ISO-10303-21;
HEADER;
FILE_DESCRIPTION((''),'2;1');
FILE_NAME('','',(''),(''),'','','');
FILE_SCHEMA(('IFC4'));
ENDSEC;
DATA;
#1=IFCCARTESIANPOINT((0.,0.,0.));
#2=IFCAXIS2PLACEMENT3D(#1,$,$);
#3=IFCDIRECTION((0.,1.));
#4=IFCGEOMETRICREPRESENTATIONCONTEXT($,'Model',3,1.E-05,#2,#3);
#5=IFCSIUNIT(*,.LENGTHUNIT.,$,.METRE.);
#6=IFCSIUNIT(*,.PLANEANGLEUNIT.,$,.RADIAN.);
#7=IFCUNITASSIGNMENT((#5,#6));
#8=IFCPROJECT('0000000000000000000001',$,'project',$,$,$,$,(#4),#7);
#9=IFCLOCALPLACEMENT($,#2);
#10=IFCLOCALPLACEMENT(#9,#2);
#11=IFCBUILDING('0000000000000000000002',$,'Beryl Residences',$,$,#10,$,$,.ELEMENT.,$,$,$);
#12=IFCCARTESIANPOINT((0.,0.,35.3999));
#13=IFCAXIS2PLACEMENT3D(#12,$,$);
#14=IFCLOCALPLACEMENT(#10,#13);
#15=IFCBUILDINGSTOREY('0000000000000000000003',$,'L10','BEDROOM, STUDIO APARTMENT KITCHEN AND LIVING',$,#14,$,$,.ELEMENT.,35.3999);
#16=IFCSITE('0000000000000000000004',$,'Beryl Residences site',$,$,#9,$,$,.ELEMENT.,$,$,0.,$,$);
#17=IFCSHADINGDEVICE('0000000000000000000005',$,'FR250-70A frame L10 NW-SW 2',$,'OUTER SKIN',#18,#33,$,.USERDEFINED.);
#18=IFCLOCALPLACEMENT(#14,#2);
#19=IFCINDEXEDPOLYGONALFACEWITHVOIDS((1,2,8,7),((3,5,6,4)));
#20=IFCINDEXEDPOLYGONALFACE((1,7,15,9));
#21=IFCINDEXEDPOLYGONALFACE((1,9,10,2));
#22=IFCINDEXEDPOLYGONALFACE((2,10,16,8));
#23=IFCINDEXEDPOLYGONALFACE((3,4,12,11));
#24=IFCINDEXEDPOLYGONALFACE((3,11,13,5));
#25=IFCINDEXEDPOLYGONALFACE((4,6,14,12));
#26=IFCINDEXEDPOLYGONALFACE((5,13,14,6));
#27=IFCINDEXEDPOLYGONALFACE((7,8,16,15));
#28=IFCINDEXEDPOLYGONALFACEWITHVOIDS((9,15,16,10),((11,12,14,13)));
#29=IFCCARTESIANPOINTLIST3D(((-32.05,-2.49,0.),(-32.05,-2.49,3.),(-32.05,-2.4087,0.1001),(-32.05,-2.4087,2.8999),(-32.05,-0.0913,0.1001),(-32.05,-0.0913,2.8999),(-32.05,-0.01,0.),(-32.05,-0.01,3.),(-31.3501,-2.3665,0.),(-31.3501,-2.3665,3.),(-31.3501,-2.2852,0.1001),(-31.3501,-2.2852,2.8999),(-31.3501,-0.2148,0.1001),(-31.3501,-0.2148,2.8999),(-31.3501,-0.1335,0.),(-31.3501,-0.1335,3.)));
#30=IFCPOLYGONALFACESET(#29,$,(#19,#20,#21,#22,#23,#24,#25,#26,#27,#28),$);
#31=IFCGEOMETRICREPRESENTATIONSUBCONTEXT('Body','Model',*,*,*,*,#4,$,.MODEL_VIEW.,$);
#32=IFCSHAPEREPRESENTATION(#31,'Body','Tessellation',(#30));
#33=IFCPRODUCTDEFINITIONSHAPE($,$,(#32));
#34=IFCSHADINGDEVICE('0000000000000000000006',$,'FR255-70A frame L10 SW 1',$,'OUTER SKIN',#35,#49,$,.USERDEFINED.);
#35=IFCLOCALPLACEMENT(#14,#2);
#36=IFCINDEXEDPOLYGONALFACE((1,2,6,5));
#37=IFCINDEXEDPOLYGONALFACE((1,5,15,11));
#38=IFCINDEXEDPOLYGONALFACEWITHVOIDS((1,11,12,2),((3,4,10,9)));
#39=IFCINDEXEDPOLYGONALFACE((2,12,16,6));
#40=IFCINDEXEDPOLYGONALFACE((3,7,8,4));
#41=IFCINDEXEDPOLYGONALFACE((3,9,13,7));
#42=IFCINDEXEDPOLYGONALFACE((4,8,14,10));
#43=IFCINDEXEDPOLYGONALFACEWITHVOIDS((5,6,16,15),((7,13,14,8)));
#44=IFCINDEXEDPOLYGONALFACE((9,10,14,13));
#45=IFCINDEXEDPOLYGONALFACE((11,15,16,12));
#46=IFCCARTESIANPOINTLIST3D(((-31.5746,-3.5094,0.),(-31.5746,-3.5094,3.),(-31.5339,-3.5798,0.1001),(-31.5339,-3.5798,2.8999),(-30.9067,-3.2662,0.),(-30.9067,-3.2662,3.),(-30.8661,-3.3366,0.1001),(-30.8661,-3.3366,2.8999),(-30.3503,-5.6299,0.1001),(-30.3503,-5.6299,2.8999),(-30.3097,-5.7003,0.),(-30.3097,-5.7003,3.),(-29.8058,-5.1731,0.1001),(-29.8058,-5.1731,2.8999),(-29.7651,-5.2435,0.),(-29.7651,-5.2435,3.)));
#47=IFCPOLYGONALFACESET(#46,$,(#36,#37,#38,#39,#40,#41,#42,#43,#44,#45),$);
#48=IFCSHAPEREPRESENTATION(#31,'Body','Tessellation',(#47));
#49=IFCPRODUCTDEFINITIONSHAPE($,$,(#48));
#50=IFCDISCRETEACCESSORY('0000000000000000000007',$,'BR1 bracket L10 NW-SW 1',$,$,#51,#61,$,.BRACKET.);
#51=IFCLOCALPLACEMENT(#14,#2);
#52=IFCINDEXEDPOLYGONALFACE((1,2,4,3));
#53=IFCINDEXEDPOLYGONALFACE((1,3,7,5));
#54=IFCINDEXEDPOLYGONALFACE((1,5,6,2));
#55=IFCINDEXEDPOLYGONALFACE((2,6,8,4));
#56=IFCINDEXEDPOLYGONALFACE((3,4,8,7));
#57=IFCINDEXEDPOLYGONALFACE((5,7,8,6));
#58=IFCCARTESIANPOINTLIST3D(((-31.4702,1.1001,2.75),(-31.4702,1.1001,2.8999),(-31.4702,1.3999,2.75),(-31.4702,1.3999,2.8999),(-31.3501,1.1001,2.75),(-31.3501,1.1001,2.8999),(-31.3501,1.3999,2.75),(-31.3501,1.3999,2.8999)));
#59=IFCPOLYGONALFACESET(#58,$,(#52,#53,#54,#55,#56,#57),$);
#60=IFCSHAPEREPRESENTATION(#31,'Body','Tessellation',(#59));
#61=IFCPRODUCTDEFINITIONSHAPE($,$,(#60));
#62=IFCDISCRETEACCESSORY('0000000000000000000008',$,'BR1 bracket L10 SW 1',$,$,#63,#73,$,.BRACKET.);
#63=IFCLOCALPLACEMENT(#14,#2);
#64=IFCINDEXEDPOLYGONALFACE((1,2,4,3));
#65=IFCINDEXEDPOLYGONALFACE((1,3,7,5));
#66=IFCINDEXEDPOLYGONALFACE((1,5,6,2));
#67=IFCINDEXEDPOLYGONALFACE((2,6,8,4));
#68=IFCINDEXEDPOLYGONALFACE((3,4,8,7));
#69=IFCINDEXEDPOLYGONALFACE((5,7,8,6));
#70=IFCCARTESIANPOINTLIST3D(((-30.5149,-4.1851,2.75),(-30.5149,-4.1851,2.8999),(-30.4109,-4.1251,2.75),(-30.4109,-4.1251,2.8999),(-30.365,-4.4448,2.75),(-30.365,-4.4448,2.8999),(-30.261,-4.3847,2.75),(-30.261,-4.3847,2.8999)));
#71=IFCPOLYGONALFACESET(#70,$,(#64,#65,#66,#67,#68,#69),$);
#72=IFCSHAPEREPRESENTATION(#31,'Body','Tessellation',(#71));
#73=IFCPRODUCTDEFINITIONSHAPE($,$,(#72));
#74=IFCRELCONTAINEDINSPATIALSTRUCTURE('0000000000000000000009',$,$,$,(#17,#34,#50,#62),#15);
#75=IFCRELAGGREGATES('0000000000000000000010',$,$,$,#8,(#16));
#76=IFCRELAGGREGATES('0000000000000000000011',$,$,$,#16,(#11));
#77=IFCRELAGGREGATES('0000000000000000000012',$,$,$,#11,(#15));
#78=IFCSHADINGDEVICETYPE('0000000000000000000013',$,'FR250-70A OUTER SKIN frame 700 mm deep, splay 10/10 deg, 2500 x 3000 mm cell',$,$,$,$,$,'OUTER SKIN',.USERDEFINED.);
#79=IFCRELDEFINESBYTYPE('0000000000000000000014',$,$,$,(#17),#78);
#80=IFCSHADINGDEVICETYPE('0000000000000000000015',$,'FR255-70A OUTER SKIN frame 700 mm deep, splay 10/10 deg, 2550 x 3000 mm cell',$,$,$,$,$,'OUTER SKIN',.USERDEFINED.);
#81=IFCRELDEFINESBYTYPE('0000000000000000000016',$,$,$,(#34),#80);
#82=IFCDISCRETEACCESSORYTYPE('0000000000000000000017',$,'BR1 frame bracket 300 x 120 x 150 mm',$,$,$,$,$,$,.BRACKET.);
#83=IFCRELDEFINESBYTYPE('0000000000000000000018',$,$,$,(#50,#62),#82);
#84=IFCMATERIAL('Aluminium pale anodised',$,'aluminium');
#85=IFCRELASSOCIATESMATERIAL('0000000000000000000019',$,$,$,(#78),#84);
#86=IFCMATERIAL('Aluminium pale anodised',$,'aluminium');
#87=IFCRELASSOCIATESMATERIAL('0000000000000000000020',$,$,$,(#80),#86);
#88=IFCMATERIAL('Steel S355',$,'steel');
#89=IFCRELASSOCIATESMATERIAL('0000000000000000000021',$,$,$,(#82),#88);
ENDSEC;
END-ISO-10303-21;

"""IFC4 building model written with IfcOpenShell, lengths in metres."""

from ifc_helpers import new_model, entity, si_unit, direction, frame, origin, place, context, subcontext, project, spatial, polyline, outline, extrude, source, transform, mapped, material, type_object, type_shapes, element, save


model = new_model("IFC4")

# Units and contexts
model_context = context("Model", 3, precision=1e-05, world=origin(), true_north=direction((0.0, 1.0)))
body_context = subcontext(model_context, "Body", "Model", "MODEL_VIEW")
ifc_project = project(units=[si_unit("LENGTHUNIT", "METRE"), si_unit("PLANEANGLEUNIT", "RADIAN")], contexts=[model_context])

# Site, building, storey
site_placement = place(None, origin())
site = spatial("IfcSite", under=ifc_project, at=site_placement, Name="Beryl Residences site", CompositionType="ELEMENT", RefElevation=0.0)
building_placement = place(site_placement, origin())
building = spatial("IfcBuilding", under=site, at=building_placement, Name="Beryl Residences", CompositionType="ELEMENT")
storey_placement = place(building_placement, frame((0.0, 0.0, 35.3999)))
storey = spatial("IfcBuildingStorey", under=building, at=storey_placement, Name="L10", Description="BEDROOM, STUDIO APARTMENT KITCHEN AND LIVING", CompositionType="ELEMENT", Elevation=35.3999)

# Shading devices
ifc_material_1 = material(Name="Aluminium pale anodised", Category="aluminium")
shading_device_type_1 = type_object("IfcShadingDeviceType", Name="FR250-70A OUTER SKIN frame 700 mm deep, splay 10/10 deg, 2500 x 3000 mm cell", ElementType="OUTER SKIN", PredefinedType="USERDEFINED", material=ifc_material_1)
cartesian_point_1 = entity("IfcCartesianPoint", [-1.1165, 0.0])
cartesian_point_2 = entity("IfcCartesianPoint", [-1.0352, 0.1001])
cartesian_point_3 = entity("IfcCartesianPoint", [-1.24, 0.0])
cartesian_point_4 = entity("IfcCartesianPoint", [-1.1587, 0.1001])
shared_shape_1 = source(origin(), body_context, "Body", "SweptSolid", [
    entity("IfcExtrudedAreaSolidTapered", entity("IfcArbitraryProfileDefWithVoids", "AREA", None, entity("IfcPolyline", [cartesian_point_1, entity("IfcCartesianPoint", [1.1165, 0.0]), entity("IfcCartesianPoint", [1.1165, 3.0]), entity("IfcCartesianPoint", [-1.1165, 3.0]), cartesian_point_1]), [entity("IfcPolyline", [cartesian_point_2, entity("IfcCartesianPoint", [1.0352, 0.1001]), entity("IfcCartesianPoint", [1.0352, 2.8999]), entity("IfcCartesianPoint", [-1.0352, 2.8999]), cartesian_point_2])]), entity("IfcAxis2Placement3D", entity("IfcCartesianPoint", [0.0, 0.0, 0.0]), entity("IfcDirection", [0.0, 1.0, 0.0]), entity("IfcDirection", [-1.0, 0.0, 0.0])), entity("IfcDirection", [0.0, 0.0, 1.0]), 0.7, entity("IfcArbitraryProfileDefWithVoids", "AREA", None, entity("IfcPolyline", [cartesian_point_3, entity("IfcCartesianPoint", [1.24, 0.0]), entity("IfcCartesianPoint", [1.24, 3.0]), entity("IfcCartesianPoint", [-1.24, 3.0]), cartesian_point_3]), [entity("IfcPolyline", [cartesian_point_4, entity("IfcCartesianPoint", [1.1587, 0.1001]), entity("IfcCartesianPoint", [1.1587, 2.8999]), entity("IfcCartesianPoint", [-1.1587, 2.8999]), cartesian_point_4])])),
])
type_shapes(shading_device_type_1, [shared_shape_1])
for number, where, z_axis, x_axis, name in (
    (1, (-31.3501, -1.25, 0.0), (0.0, 0.0, 1.0), (0.0, 1.0, 0.0), "FR250-70A frame L10 NW-SW 2"),
):
    element("IfcShadingDevice", number, at=place(storey_placement, frame(where, z_axis=z_axis, x_axis=x_axis)), inside=storey, type_object=shading_device_type_1, Name=name, ObjectType="OUTER SKIN", PredefinedType="USERDEFINED", context=body_context, shape_type="MappedRepresentation", body=[
        mapped(shared_shape_1, transform((0.0, 0.0, 0.0))),
    ])
ifc_material_2 = material(Name="Aluminium pale anodised", Category="aluminium")
shading_device_type_2 = type_object("IfcShadingDeviceType", Name="FR255-70A OUTER SKIN frame 700 mm deep, splay 10/10 deg, 2550 x 3000 mm cell", ElementType="OUTER SKIN", PredefinedType="USERDEFINED", material=ifc_material_2)
cartesian_point_5 = entity("IfcCartesianPoint", [-1.1416, 0.0])
cartesian_point_6 = entity("IfcCartesianPoint", [-1.0603, 0.1001])
cartesian_point_7 = entity("IfcCartesianPoint", [-1.2649, 0.0])
cartesian_point_8 = entity("IfcCartesianPoint", [-1.1836, 0.1001])
shared_shape_2 = source(origin(), body_context, "Body", "SweptSolid", [
    entity("IfcExtrudedAreaSolidTapered", entity("IfcArbitraryProfileDefWithVoids", "AREA", None, entity("IfcPolyline", [cartesian_point_5, entity("IfcCartesianPoint", [1.1416, 0.0]), entity("IfcCartesianPoint", [1.1416, 3.0]), entity("IfcCartesianPoint", [-1.1416, 3.0]), cartesian_point_5]), [entity("IfcPolyline", [cartesian_point_6, entity("IfcCartesianPoint", [1.0603, 0.1001]), entity("IfcCartesianPoint", [1.0603, 2.8999]), entity("IfcCartesianPoint", [-1.0603, 2.8999]), cartesian_point_6])]), entity("IfcAxis2Placement3D", entity("IfcCartesianPoint", [0.0, 0.0, 0.0]), entity("IfcDirection", [0.0, 1.0, 0.0]), entity("IfcDirection", [-1.0, 0.0, 0.0])), entity("IfcDirection", [0.0, 0.0, 1.0]), 0.7, entity("IfcArbitraryProfileDefWithVoids", "AREA", None, entity("IfcPolyline", [cartesian_point_7, entity("IfcCartesianPoint", [1.2649, 0.0]), entity("IfcCartesianPoint", [1.2649, 3.0]), entity("IfcCartesianPoint", [-1.2649, 3.0]), cartesian_point_7]), [entity("IfcPolyline", [cartesian_point_8, entity("IfcCartesianPoint", [1.1836, 0.1001]), entity("IfcCartesianPoint", [1.1836, 2.8999]), entity("IfcCartesianPoint", [-1.1836, 2.8999]), cartesian_point_8])])),
])
type_shapes(shading_device_type_2, [shared_shape_2])
shading_device_placement = place(storey_placement, frame((-30.3359, -4.2549, 0.0), z_axis=(0.0, 0.0, 1.0), x_axis=(-0.5, 0.866025, 0.0)))
element("IfcShadingDevice", 2, at=shading_device_placement, inside=storey, type_object=shading_device_type_2, Name="FR255-70A frame L10 SW 1", ObjectType="OUTER SKIN", PredefinedType="USERDEFINED", context=body_context, shape_type="MappedRepresentation", body=[
    mapped(shared_shape_2, transform((0.0, 0.0, 0.0))),
])

# Discrete accessories
ifc_material_3 = material(Name="Steel S355", Category="steel")
discrete_accessory_type = type_object("IfcDiscreteAccessoryType", Name="BR1 frame bracket 300 x 120 x 150 mm", PredefinedType="BRACKET", material=ifc_material_3)
shared_shape_3 = source(origin(), body_context, "Body", "SweptSolid", [
    extrude(outline(polyline([(-0.1499, 0.0), (0.1499, 0.0), (0.1499, 0.1201), (-0.1499, 0.1201), (-0.1499, 0.0)])), origin(), (0.0, 0.0, 1.0), 0.1499),
])
type_shapes(discrete_accessory_type, [shared_shape_3])
for number, where, z_axis, x_axis, name in (
    (3, (-31.3501, 1.25, 2.75), (0.0, 0.0, 1.0), (0.0, 1.0, 0.0), "BR1 bracket L10 NW-SW 1"),
    (4, (-30.3359, -4.2549, 2.75), (0.0, 0.0, 1.0), (-0.5, 0.866025, 0.0), "BR1 bracket L10 SW 1"),
):
    element("IfcDiscreteAccessory", number, at=place(storey_placement, frame(where, z_axis=z_axis, x_axis=x_axis)), inside=storey, type_object=discrete_accessory_type, Name=name, PredefinedType="BRACKET", context=body_context, shape_type="MappedRepresentation", body=[
        mapped(shared_shape_3, transform((0.0, 0.0, 0.0))),
    ])

save(model, "model.ifc")
